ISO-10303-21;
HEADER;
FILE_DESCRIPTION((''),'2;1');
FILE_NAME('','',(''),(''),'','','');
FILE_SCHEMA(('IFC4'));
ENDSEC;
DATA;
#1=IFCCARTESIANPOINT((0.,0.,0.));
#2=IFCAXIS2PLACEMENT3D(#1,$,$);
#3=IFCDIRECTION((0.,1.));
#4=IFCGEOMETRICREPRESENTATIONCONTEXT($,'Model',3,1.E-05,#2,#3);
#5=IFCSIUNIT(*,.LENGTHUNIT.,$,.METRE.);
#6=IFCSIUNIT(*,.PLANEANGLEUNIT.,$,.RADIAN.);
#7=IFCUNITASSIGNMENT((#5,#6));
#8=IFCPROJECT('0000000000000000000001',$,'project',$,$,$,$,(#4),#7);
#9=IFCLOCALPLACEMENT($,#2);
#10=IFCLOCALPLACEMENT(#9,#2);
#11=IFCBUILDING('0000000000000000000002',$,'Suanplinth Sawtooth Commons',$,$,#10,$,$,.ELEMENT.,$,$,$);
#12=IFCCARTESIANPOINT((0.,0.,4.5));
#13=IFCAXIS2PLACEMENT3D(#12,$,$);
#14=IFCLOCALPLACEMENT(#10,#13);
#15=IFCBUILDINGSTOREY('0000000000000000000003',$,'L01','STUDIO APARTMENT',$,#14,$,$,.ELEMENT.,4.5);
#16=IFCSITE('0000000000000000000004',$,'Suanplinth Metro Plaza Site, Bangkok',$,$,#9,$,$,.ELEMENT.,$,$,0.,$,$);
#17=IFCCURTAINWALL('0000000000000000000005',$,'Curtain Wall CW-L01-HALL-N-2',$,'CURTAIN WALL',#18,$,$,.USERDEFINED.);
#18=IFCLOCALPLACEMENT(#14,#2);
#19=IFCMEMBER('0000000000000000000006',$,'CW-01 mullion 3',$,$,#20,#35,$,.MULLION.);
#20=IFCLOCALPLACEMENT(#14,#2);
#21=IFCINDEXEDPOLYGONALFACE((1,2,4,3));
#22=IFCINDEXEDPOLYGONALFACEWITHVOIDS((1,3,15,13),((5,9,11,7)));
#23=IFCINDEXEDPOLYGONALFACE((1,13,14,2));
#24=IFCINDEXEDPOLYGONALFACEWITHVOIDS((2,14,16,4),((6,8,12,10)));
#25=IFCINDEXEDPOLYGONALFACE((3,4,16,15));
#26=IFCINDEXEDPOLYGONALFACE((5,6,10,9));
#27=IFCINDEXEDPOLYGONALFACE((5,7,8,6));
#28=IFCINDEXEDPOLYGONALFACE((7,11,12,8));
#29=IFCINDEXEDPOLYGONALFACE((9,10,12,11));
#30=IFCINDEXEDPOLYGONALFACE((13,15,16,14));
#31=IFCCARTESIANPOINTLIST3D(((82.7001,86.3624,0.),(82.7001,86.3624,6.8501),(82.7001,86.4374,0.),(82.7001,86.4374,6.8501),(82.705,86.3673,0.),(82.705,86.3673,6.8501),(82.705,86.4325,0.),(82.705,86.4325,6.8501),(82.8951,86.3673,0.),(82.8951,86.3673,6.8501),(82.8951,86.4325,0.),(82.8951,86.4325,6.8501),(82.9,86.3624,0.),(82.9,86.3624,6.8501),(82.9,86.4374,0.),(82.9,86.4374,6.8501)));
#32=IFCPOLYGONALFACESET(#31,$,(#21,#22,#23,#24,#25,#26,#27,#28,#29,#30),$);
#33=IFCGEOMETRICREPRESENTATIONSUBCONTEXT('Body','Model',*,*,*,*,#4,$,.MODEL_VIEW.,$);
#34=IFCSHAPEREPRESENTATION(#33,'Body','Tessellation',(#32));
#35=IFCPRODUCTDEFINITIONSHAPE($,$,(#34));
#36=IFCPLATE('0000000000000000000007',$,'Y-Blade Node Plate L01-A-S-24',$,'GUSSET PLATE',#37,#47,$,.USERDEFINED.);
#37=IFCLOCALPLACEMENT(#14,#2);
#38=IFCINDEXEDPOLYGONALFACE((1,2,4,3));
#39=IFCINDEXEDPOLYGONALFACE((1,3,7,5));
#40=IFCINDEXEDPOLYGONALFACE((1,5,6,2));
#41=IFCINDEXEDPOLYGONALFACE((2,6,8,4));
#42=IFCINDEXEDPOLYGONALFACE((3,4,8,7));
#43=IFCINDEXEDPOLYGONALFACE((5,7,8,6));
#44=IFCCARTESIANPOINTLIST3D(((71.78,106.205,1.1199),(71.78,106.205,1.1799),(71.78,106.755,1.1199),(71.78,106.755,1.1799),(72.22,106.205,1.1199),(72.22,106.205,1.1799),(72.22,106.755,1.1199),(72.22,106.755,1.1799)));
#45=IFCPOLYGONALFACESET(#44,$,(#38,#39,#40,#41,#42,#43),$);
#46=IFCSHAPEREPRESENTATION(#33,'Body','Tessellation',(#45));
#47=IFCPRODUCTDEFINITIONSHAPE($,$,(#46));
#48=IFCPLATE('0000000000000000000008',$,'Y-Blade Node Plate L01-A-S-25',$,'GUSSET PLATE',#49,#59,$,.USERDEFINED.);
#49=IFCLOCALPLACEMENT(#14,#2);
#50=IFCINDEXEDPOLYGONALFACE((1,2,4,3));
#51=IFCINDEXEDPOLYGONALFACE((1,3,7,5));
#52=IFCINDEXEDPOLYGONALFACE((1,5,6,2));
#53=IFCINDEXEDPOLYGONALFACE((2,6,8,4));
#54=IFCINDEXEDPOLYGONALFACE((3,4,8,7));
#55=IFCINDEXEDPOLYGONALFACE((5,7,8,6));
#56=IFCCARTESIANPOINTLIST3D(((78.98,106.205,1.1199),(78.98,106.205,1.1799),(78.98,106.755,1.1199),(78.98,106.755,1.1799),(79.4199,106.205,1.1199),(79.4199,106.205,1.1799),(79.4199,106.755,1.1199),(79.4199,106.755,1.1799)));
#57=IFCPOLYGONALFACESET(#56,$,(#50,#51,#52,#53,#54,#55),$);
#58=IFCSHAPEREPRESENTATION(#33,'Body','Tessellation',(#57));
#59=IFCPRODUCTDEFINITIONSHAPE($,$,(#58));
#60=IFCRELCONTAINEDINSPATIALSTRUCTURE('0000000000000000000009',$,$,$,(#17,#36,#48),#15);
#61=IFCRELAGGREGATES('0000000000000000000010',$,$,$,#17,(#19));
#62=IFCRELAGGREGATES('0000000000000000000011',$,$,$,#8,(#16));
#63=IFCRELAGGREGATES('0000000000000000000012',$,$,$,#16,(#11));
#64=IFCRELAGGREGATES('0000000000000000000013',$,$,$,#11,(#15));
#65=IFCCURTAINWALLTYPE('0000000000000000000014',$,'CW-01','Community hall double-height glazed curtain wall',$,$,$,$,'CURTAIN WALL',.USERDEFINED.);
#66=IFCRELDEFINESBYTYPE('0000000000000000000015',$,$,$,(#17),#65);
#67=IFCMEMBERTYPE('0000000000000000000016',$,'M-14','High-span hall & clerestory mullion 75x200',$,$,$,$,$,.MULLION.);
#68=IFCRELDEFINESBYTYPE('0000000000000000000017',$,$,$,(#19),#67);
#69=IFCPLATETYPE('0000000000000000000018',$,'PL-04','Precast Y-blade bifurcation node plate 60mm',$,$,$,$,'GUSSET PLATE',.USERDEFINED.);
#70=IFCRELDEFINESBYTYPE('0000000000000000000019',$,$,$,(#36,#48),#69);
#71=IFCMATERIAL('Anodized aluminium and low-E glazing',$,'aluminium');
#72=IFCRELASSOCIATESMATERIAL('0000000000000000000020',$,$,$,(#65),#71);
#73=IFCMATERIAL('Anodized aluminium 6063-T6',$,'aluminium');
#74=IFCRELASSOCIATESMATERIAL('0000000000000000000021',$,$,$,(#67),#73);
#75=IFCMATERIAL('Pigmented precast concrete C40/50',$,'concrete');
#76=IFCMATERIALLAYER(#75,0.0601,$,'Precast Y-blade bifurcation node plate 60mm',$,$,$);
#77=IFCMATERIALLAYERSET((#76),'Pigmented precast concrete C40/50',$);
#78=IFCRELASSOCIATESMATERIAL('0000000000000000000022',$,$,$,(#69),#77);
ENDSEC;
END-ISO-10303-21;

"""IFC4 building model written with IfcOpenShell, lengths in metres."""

from ifc_helpers import new_model, si_unit, direction, frame, origin, origin_2d, place, context, subcontext, project, spatial, rectangle, hollow_rectangle, extrude, material, layer, layer_set, material_profile, profile_set, type_object, element, aggregate, save


model = new_model("IFC4")

# Units and contexts
model_context = context("Model", 3, precision=1e-05, world=origin(), true_north=direction((0.0, 1.0)))
body_context = subcontext(model_context, "Body", "Model", "MODEL_VIEW")
ifc_project = project(units=[si_unit("LENGTHUNIT", "METRE"), si_unit("PLANEANGLEUNIT", "RADIAN")], contexts=[model_context])

# Site, building, storey
site_placement = place(None, origin())
site = spatial("IfcSite", under=ifc_project, at=site_placement, Name="Suanplinth Metro Plaza Site, Bangkok", CompositionType="ELEMENT", RefElevation=0.0)
building_placement = place(site_placement, origin())
building = spatial("IfcBuilding", under=site, at=building_placement, Name="Suanplinth Sawtooth Commons", CompositionType="ELEMENT")
storey_placement = place(building_placement, frame((0.0, 0.0, 4.5)))
storey = spatial("IfcBuildingStorey", under=building, at=storey_placement, Name="L01", Description="STUDIO APARTMENT", CompositionType="ELEMENT", Elevation=4.5)

# Shared definitions
ifc_material_1 = material(Name="Pigmented precast concrete C40/50", Category="concrete")

# Curtain wall, member
ifc_material_2 = material(Name="Anodized aluminium and low-E glazing", Category="aluminium")
curtain_wall_type = type_object("IfcCurtainWallType", Name="CW-01", Description="Community hall double-height glazed curtain wall", ElementType="CURTAIN WALL", PredefinedType="USERDEFINED", material=ifc_material_2)
curtain_wall_placement = place(storey_placement, origin())
curtain_wall = element("IfcCurtainWall", 1, at=curtain_wall_placement, inside=storey, type_object=curtain_wall_type, Name="Curtain Wall CW-L01-HALL-N-2", ObjectType="CURTAIN WALL", PredefinedType="USERDEFINED")
ifc_material_3 = material(Name="Anodized aluminium 6063-T6", Category="aluminium")
ifc_material_profile_1 = material_profile(ifc_material_3, hollow_rectangle(XDim=0.075, YDim=0.2, WallThickness=0.0049, at=origin_2d()), Name="ALU-MUL 75x200")
ifc_profile_set_1 = profile_set([ifc_material_profile_1], Name="Anodized aluminium 6063-T6")
member_type_1 = type_object("IfcMemberType", Name="M-14", Description="High-span hall & clerestory mullion 75x200", PredefinedType="MULLION", material=ifc_profile_set_1)
member_1_placement = place(storey_placement, frame((82.8, 86.3999, 0.0), z_axis=(0.0, 0.0, 1.0), x_axis=(0.0, 1.0, 0.0)))
member_1 = element("IfcMember", 2, at=member_1_placement, type_object=member_type_1, Name="CW-01 mullion 3", PredefinedType="MULLION", context=body_context, shape_type="SweptSolid", body=[
    extrude(hollow_rectangle(XDim=0.075, YDim=0.2, WallThickness=0.0049, at=origin_2d()), origin(), (0.0, 0.0, 1.0), 6.8501),
])
aggregate(curtain_wall, [member_1])

# Plates
ifc_layer_1 = layer(ifc_material_1, 0.0601, Name="Precast Y-blade bifurcation node plate 60mm")
ifc_layer_set_1 = layer_set([ifc_layer_1], Name="Pigmented precast concrete C40/50")
plate_type = type_object("IfcPlateType", Name="PL-04", Description="Precast Y-blade bifurcation node plate 60mm", ElementType="GUSSET PLATE", PredefinedType="USERDEFINED", material=ifc_layer_set_1)
for number, where, z_axis, x_axis, name in (
    (3, (72.0, 106.48, 1.1199), (0.0, 0.0, 1.0), (1.0, 0.0, 0.0), "Y-Blade Node Plate L01-A-S-24"),
    (4, (79.2, 106.48, 1.1199), (0.0, 0.0, 1.0), (1.0, 0.0, 0.0), "Y-Blade Node Plate L01-A-S-25"),
):
    element("IfcPlate", number, at=place(storey_placement, frame(where, z_axis=z_axis, x_axis=x_axis)), inside=storey, type_object=plate_type, Name=name, ObjectType="GUSSET PLATE", PredefinedType="USERDEFINED", context=body_context, shape_type="SweptSolid", body=[
        extrude(rectangle(XDim=0.4399, YDim=0.55, at=origin_2d()), origin(), (0.0, 0.0, 1.0), 0.0601),
    ])

save(model, "model.ifc")
